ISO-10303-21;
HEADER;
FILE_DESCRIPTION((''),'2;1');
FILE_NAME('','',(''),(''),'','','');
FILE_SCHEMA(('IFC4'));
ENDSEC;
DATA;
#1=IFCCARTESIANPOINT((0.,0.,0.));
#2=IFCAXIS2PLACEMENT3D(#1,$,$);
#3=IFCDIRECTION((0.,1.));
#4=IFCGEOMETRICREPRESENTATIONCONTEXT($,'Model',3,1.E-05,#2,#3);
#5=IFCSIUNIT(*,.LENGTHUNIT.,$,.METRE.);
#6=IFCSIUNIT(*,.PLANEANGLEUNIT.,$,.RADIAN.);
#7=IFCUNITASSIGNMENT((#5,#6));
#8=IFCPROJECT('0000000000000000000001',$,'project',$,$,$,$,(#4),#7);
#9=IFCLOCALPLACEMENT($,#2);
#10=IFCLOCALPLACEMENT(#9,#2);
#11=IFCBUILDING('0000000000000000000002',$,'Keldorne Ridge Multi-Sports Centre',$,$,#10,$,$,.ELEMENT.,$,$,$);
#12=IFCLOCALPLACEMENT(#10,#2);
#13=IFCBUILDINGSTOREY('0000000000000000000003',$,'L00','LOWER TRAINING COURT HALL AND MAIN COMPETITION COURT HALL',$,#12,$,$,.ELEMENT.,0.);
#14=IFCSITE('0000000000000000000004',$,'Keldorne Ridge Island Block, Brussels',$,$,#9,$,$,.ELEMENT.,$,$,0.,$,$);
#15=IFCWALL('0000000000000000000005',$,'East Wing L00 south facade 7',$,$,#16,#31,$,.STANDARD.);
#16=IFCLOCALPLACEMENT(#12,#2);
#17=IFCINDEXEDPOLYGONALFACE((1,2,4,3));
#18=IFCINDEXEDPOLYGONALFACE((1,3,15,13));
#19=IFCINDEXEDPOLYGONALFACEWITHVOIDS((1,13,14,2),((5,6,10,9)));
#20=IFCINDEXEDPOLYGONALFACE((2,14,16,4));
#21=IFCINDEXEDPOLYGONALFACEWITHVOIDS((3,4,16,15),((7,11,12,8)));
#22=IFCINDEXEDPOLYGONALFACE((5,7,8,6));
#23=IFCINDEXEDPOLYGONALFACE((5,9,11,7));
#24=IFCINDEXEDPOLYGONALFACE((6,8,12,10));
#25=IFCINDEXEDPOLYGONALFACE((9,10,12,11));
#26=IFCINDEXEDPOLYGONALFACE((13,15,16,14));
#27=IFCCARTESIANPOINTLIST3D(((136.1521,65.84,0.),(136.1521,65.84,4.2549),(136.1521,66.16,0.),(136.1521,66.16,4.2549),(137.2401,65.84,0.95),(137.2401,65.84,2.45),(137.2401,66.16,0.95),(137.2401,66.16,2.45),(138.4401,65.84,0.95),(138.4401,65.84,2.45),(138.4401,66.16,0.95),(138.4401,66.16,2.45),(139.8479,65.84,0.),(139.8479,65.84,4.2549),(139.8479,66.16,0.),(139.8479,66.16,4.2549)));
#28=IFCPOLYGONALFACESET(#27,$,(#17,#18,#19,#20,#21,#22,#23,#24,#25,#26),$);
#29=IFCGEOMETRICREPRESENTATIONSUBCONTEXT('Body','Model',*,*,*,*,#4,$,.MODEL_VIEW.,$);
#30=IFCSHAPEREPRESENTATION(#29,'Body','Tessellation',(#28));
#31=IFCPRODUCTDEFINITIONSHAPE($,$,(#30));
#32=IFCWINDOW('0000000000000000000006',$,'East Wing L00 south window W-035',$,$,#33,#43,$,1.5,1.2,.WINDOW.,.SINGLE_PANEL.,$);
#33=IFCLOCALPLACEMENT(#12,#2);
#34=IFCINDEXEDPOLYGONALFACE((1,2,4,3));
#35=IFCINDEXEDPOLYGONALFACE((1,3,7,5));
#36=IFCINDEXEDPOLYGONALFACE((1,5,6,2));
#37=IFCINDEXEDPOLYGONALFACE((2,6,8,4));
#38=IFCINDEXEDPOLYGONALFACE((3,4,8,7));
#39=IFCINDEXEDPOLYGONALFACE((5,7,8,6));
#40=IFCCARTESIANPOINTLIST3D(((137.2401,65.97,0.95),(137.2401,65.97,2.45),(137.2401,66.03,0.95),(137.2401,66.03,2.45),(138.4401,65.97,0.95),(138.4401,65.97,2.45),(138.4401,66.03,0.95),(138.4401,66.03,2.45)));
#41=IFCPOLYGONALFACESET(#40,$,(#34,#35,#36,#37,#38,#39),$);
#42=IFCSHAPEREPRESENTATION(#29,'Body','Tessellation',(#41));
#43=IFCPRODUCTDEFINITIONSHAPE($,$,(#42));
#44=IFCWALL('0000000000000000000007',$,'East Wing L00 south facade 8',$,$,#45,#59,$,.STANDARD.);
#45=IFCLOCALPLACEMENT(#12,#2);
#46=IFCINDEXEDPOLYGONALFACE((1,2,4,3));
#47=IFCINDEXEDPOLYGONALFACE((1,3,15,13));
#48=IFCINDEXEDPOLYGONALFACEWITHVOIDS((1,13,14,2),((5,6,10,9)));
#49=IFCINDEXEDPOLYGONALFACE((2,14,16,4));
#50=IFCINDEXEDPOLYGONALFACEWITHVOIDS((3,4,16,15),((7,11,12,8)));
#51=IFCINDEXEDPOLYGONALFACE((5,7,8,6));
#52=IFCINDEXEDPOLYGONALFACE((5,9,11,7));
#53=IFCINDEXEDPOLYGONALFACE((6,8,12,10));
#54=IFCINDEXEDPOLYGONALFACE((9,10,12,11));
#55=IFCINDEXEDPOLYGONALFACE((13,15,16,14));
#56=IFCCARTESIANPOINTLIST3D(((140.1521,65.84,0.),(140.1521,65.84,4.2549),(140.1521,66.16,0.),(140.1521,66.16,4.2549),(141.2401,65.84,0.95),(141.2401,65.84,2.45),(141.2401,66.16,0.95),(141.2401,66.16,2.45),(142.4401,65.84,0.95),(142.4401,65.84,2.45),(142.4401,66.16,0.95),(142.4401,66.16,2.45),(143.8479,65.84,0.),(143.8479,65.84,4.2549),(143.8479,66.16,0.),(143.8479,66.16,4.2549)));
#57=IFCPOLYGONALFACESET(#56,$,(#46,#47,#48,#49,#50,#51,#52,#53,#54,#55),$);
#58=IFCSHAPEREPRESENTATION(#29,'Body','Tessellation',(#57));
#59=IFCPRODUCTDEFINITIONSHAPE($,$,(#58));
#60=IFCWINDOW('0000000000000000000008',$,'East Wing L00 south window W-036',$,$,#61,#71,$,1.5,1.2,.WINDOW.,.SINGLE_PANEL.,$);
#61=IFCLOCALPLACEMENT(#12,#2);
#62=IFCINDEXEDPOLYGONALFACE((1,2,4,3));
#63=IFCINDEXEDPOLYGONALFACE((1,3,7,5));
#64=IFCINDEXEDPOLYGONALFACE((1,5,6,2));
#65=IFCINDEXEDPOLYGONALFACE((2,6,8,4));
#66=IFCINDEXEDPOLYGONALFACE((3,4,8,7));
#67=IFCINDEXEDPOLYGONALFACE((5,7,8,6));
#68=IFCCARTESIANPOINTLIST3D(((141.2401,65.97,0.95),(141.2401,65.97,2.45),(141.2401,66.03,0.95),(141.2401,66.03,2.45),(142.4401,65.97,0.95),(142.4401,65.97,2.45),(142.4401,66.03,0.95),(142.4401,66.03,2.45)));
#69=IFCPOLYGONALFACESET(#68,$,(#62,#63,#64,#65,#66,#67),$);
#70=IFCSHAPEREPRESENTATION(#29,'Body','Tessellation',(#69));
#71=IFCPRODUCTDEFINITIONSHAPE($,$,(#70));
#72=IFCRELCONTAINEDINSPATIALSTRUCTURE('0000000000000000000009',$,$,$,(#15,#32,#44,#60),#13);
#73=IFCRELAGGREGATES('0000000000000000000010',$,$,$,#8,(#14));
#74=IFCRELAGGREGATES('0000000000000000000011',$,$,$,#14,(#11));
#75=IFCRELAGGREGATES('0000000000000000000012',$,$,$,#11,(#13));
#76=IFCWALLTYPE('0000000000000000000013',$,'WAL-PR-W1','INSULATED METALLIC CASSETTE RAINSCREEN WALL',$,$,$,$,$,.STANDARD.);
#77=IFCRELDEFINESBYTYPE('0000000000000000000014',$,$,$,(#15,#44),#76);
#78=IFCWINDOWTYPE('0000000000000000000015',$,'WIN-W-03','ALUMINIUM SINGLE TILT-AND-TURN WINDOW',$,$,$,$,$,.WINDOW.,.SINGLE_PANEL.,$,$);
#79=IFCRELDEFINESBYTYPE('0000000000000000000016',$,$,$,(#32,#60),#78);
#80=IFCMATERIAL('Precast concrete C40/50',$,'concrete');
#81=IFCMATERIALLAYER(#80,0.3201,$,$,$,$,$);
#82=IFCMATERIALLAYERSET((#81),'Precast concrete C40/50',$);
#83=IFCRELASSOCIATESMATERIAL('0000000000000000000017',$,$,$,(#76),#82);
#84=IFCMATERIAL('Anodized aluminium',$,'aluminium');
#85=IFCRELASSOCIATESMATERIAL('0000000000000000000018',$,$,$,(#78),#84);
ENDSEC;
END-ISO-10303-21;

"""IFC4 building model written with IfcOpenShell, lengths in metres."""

from ifc_helpers import new_model, si_unit, direction, frame, frame_2d, origin, place, context, subcontext, project, spatial, rectangle, extrude, material, layer, layer_set, type_object, element, fill, save


model = new_model("IFC4")

# Units and contexts
model_context = context("Model", 3, precision=1e-05, world=origin(), true_north=direction((0.0, 1.0)))
body_context = subcontext(model_context, "Body", "Model", "MODEL_VIEW")
ifc_project = project(units=[si_unit("LENGTHUNIT", "METRE"), si_unit("PLANEANGLEUNIT", "RADIAN")], contexts=[model_context])

# Site, building, storey
site_placement = place(None, origin())
site = spatial("IfcSite", under=ifc_project, at=site_placement, Name="Keldorne Ridge Island Block, Brussels", CompositionType="ELEMENT", RefElevation=0.0)
building_placement = place(site_placement, origin())
building = spatial("IfcBuilding", under=site, at=building_placement, Name="Keldorne Ridge Multi-Sports Centre", CompositionType="ELEMENT")
storey_placement = place(building_placement, origin())
storey = spatial("IfcBuildingStorey", under=building, at=storey_placement, Name="L00", Description="LOWER TRAINING COURT HALL AND MAIN COMPETITION COURT HALL", CompositionType="ELEMENT", Elevation=0.0)

# Walls, openings, windows
ifc_material_1 = material(Name="Precast concrete C40/50", Category="concrete")
ifc_layer = layer(ifc_material_1, 0.3201)
ifc_layer_set = layer_set([ifc_layer], Name="Precast concrete C40/50")
wall_type = type_object("IfcWallType", Name="WAL-PR-W1", Description="INSULATED METALLIC CASSETTE RAINSCREEN WALL", PredefinedType="STANDARD", material=ifc_layer_set)
ifc_material_2 = material(Name="Anodized aluminium", Category="aluminium")
window_type = type_object("IfcWindowType", Name="WIN-W-03", Description="ALUMINIUM SINGLE TILT-AND-TURN WINDOW", PartitioningType="SINGLE_PANEL", PredefinedType="WINDOW", material=ifc_material_2)
wall_1_placement = place(storey_placement, frame((136.1521, 66.0, 0.0), z_axis=(0.0, 0.0, 1.0), x_axis=(1.0, 0.0, 0.0)))
wall_1 = element("IfcWall", 1, at=wall_1_placement, inside=storey, type_object=wall_type, Name="East Wing L00 south facade 7", PredefinedType="STANDARD", context=body_context, shape_type="SweptSolid", body=[
    extrude(rectangle(XDim=3.6958, YDim=0.3201, at=frame_2d((1.8479, 0.0))), origin(), (0.0, 0.0, 1.0), 4.2549),
])
opening_1_placement = place(wall_1_placement, frame((1.0879, 0.0, 0.95)))
opening_1 = element("IfcOpeningElement", 2, at=opening_1_placement, cuts=wall_1, PredefinedType="OPENING", context=body_context, shape_type="SweptSolid", body=[
    extrude(rectangle(XDim=1.2, YDim=1.5, at=frame_2d((0.6001, 0.75))), frame((0.0, 0.1699, 0.0), z_axis=(0.0, -1.0, 0.0), x_axis=(1.0, 0.0, 0.0)), (0.0, 0.0, 1.0), 0.3401),
])
window_1_placement = place(opening_1_placement, origin())
window_1 = element("IfcWindow", 3, at=window_1_placement, inside=storey, type_object=window_type, Name="East Wing L00 south window W-035", OverallHeight=1.5, OverallWidth=1.2, PartitioningType="SINGLE_PANEL", PredefinedType="WINDOW", context=body_context, shape_type="SweptSolid", body=[
    extrude(rectangle(XDim=1.2, YDim=1.5, at=frame_2d((0.6001, 0.75))), frame((0.0, 0.03, 0.0), z_axis=(0.0, -1.0, 0.0), x_axis=(1.0, 0.0, 0.0)), (0.0, 0.0, 1.0), 0.0601),
])
fill(opening_1, window_1)
wall_2_placement = place(storey_placement, frame((140.1521, 66.0, 0.0), z_axis=(0.0, 0.0, 1.0), x_axis=(1.0, 0.0, 0.0)))
wall_2 = element("IfcWall", 4, at=wall_2_placement, inside=storey, type_object=wall_type, Name="East Wing L00 south facade 8", PredefinedType="STANDARD", context=body_context, shape_type="SweptSolid", body=[
    extrude(rectangle(XDim=3.6958, YDim=0.3201, at=frame_2d((1.8479, 0.0))), origin(), (0.0, 0.0, 1.0), 4.2549),
])
opening_2_placement = place(wall_2_placement, frame((1.0879, 0.0, 0.95)))
opening_2 = element("IfcOpeningElement", 5, at=opening_2_placement, cuts=wall_2, PredefinedType="OPENING", context=body_context, shape_type="SweptSolid", body=[
    extrude(rectangle(XDim=1.2, YDim=1.5, at=frame_2d((0.6001, 0.75))), frame((0.0, 0.1699, 0.0), z_axis=(0.0, -1.0, 0.0), x_axis=(1.0, 0.0, 0.0)), (0.0, 0.0, 1.0), 0.3401),
])
window_2_placement = place(opening_2_placement, origin())
window_2 = element("IfcWindow", 6, at=window_2_placement, inside=storey, type_object=window_type, Name="East Wing L00 south window W-036", OverallHeight=1.5, OverallWidth=1.2, PartitioningType="SINGLE_PANEL", PredefinedType="WINDOW", context=body_context, shape_type="SweptSolid", body=[
    extrude(rectangle(XDim=1.2, YDim=1.5, at=frame_2d((0.6001, 0.75))), frame((0.0, 0.03, 0.0), z_axis=(0.0, -1.0, 0.0), x_axis=(1.0, 0.0, 0.0)), (0.0, 0.0, 1.0), 0.0601),
])
fill(opening_2, window_2)

save(model, "model.ifc")
